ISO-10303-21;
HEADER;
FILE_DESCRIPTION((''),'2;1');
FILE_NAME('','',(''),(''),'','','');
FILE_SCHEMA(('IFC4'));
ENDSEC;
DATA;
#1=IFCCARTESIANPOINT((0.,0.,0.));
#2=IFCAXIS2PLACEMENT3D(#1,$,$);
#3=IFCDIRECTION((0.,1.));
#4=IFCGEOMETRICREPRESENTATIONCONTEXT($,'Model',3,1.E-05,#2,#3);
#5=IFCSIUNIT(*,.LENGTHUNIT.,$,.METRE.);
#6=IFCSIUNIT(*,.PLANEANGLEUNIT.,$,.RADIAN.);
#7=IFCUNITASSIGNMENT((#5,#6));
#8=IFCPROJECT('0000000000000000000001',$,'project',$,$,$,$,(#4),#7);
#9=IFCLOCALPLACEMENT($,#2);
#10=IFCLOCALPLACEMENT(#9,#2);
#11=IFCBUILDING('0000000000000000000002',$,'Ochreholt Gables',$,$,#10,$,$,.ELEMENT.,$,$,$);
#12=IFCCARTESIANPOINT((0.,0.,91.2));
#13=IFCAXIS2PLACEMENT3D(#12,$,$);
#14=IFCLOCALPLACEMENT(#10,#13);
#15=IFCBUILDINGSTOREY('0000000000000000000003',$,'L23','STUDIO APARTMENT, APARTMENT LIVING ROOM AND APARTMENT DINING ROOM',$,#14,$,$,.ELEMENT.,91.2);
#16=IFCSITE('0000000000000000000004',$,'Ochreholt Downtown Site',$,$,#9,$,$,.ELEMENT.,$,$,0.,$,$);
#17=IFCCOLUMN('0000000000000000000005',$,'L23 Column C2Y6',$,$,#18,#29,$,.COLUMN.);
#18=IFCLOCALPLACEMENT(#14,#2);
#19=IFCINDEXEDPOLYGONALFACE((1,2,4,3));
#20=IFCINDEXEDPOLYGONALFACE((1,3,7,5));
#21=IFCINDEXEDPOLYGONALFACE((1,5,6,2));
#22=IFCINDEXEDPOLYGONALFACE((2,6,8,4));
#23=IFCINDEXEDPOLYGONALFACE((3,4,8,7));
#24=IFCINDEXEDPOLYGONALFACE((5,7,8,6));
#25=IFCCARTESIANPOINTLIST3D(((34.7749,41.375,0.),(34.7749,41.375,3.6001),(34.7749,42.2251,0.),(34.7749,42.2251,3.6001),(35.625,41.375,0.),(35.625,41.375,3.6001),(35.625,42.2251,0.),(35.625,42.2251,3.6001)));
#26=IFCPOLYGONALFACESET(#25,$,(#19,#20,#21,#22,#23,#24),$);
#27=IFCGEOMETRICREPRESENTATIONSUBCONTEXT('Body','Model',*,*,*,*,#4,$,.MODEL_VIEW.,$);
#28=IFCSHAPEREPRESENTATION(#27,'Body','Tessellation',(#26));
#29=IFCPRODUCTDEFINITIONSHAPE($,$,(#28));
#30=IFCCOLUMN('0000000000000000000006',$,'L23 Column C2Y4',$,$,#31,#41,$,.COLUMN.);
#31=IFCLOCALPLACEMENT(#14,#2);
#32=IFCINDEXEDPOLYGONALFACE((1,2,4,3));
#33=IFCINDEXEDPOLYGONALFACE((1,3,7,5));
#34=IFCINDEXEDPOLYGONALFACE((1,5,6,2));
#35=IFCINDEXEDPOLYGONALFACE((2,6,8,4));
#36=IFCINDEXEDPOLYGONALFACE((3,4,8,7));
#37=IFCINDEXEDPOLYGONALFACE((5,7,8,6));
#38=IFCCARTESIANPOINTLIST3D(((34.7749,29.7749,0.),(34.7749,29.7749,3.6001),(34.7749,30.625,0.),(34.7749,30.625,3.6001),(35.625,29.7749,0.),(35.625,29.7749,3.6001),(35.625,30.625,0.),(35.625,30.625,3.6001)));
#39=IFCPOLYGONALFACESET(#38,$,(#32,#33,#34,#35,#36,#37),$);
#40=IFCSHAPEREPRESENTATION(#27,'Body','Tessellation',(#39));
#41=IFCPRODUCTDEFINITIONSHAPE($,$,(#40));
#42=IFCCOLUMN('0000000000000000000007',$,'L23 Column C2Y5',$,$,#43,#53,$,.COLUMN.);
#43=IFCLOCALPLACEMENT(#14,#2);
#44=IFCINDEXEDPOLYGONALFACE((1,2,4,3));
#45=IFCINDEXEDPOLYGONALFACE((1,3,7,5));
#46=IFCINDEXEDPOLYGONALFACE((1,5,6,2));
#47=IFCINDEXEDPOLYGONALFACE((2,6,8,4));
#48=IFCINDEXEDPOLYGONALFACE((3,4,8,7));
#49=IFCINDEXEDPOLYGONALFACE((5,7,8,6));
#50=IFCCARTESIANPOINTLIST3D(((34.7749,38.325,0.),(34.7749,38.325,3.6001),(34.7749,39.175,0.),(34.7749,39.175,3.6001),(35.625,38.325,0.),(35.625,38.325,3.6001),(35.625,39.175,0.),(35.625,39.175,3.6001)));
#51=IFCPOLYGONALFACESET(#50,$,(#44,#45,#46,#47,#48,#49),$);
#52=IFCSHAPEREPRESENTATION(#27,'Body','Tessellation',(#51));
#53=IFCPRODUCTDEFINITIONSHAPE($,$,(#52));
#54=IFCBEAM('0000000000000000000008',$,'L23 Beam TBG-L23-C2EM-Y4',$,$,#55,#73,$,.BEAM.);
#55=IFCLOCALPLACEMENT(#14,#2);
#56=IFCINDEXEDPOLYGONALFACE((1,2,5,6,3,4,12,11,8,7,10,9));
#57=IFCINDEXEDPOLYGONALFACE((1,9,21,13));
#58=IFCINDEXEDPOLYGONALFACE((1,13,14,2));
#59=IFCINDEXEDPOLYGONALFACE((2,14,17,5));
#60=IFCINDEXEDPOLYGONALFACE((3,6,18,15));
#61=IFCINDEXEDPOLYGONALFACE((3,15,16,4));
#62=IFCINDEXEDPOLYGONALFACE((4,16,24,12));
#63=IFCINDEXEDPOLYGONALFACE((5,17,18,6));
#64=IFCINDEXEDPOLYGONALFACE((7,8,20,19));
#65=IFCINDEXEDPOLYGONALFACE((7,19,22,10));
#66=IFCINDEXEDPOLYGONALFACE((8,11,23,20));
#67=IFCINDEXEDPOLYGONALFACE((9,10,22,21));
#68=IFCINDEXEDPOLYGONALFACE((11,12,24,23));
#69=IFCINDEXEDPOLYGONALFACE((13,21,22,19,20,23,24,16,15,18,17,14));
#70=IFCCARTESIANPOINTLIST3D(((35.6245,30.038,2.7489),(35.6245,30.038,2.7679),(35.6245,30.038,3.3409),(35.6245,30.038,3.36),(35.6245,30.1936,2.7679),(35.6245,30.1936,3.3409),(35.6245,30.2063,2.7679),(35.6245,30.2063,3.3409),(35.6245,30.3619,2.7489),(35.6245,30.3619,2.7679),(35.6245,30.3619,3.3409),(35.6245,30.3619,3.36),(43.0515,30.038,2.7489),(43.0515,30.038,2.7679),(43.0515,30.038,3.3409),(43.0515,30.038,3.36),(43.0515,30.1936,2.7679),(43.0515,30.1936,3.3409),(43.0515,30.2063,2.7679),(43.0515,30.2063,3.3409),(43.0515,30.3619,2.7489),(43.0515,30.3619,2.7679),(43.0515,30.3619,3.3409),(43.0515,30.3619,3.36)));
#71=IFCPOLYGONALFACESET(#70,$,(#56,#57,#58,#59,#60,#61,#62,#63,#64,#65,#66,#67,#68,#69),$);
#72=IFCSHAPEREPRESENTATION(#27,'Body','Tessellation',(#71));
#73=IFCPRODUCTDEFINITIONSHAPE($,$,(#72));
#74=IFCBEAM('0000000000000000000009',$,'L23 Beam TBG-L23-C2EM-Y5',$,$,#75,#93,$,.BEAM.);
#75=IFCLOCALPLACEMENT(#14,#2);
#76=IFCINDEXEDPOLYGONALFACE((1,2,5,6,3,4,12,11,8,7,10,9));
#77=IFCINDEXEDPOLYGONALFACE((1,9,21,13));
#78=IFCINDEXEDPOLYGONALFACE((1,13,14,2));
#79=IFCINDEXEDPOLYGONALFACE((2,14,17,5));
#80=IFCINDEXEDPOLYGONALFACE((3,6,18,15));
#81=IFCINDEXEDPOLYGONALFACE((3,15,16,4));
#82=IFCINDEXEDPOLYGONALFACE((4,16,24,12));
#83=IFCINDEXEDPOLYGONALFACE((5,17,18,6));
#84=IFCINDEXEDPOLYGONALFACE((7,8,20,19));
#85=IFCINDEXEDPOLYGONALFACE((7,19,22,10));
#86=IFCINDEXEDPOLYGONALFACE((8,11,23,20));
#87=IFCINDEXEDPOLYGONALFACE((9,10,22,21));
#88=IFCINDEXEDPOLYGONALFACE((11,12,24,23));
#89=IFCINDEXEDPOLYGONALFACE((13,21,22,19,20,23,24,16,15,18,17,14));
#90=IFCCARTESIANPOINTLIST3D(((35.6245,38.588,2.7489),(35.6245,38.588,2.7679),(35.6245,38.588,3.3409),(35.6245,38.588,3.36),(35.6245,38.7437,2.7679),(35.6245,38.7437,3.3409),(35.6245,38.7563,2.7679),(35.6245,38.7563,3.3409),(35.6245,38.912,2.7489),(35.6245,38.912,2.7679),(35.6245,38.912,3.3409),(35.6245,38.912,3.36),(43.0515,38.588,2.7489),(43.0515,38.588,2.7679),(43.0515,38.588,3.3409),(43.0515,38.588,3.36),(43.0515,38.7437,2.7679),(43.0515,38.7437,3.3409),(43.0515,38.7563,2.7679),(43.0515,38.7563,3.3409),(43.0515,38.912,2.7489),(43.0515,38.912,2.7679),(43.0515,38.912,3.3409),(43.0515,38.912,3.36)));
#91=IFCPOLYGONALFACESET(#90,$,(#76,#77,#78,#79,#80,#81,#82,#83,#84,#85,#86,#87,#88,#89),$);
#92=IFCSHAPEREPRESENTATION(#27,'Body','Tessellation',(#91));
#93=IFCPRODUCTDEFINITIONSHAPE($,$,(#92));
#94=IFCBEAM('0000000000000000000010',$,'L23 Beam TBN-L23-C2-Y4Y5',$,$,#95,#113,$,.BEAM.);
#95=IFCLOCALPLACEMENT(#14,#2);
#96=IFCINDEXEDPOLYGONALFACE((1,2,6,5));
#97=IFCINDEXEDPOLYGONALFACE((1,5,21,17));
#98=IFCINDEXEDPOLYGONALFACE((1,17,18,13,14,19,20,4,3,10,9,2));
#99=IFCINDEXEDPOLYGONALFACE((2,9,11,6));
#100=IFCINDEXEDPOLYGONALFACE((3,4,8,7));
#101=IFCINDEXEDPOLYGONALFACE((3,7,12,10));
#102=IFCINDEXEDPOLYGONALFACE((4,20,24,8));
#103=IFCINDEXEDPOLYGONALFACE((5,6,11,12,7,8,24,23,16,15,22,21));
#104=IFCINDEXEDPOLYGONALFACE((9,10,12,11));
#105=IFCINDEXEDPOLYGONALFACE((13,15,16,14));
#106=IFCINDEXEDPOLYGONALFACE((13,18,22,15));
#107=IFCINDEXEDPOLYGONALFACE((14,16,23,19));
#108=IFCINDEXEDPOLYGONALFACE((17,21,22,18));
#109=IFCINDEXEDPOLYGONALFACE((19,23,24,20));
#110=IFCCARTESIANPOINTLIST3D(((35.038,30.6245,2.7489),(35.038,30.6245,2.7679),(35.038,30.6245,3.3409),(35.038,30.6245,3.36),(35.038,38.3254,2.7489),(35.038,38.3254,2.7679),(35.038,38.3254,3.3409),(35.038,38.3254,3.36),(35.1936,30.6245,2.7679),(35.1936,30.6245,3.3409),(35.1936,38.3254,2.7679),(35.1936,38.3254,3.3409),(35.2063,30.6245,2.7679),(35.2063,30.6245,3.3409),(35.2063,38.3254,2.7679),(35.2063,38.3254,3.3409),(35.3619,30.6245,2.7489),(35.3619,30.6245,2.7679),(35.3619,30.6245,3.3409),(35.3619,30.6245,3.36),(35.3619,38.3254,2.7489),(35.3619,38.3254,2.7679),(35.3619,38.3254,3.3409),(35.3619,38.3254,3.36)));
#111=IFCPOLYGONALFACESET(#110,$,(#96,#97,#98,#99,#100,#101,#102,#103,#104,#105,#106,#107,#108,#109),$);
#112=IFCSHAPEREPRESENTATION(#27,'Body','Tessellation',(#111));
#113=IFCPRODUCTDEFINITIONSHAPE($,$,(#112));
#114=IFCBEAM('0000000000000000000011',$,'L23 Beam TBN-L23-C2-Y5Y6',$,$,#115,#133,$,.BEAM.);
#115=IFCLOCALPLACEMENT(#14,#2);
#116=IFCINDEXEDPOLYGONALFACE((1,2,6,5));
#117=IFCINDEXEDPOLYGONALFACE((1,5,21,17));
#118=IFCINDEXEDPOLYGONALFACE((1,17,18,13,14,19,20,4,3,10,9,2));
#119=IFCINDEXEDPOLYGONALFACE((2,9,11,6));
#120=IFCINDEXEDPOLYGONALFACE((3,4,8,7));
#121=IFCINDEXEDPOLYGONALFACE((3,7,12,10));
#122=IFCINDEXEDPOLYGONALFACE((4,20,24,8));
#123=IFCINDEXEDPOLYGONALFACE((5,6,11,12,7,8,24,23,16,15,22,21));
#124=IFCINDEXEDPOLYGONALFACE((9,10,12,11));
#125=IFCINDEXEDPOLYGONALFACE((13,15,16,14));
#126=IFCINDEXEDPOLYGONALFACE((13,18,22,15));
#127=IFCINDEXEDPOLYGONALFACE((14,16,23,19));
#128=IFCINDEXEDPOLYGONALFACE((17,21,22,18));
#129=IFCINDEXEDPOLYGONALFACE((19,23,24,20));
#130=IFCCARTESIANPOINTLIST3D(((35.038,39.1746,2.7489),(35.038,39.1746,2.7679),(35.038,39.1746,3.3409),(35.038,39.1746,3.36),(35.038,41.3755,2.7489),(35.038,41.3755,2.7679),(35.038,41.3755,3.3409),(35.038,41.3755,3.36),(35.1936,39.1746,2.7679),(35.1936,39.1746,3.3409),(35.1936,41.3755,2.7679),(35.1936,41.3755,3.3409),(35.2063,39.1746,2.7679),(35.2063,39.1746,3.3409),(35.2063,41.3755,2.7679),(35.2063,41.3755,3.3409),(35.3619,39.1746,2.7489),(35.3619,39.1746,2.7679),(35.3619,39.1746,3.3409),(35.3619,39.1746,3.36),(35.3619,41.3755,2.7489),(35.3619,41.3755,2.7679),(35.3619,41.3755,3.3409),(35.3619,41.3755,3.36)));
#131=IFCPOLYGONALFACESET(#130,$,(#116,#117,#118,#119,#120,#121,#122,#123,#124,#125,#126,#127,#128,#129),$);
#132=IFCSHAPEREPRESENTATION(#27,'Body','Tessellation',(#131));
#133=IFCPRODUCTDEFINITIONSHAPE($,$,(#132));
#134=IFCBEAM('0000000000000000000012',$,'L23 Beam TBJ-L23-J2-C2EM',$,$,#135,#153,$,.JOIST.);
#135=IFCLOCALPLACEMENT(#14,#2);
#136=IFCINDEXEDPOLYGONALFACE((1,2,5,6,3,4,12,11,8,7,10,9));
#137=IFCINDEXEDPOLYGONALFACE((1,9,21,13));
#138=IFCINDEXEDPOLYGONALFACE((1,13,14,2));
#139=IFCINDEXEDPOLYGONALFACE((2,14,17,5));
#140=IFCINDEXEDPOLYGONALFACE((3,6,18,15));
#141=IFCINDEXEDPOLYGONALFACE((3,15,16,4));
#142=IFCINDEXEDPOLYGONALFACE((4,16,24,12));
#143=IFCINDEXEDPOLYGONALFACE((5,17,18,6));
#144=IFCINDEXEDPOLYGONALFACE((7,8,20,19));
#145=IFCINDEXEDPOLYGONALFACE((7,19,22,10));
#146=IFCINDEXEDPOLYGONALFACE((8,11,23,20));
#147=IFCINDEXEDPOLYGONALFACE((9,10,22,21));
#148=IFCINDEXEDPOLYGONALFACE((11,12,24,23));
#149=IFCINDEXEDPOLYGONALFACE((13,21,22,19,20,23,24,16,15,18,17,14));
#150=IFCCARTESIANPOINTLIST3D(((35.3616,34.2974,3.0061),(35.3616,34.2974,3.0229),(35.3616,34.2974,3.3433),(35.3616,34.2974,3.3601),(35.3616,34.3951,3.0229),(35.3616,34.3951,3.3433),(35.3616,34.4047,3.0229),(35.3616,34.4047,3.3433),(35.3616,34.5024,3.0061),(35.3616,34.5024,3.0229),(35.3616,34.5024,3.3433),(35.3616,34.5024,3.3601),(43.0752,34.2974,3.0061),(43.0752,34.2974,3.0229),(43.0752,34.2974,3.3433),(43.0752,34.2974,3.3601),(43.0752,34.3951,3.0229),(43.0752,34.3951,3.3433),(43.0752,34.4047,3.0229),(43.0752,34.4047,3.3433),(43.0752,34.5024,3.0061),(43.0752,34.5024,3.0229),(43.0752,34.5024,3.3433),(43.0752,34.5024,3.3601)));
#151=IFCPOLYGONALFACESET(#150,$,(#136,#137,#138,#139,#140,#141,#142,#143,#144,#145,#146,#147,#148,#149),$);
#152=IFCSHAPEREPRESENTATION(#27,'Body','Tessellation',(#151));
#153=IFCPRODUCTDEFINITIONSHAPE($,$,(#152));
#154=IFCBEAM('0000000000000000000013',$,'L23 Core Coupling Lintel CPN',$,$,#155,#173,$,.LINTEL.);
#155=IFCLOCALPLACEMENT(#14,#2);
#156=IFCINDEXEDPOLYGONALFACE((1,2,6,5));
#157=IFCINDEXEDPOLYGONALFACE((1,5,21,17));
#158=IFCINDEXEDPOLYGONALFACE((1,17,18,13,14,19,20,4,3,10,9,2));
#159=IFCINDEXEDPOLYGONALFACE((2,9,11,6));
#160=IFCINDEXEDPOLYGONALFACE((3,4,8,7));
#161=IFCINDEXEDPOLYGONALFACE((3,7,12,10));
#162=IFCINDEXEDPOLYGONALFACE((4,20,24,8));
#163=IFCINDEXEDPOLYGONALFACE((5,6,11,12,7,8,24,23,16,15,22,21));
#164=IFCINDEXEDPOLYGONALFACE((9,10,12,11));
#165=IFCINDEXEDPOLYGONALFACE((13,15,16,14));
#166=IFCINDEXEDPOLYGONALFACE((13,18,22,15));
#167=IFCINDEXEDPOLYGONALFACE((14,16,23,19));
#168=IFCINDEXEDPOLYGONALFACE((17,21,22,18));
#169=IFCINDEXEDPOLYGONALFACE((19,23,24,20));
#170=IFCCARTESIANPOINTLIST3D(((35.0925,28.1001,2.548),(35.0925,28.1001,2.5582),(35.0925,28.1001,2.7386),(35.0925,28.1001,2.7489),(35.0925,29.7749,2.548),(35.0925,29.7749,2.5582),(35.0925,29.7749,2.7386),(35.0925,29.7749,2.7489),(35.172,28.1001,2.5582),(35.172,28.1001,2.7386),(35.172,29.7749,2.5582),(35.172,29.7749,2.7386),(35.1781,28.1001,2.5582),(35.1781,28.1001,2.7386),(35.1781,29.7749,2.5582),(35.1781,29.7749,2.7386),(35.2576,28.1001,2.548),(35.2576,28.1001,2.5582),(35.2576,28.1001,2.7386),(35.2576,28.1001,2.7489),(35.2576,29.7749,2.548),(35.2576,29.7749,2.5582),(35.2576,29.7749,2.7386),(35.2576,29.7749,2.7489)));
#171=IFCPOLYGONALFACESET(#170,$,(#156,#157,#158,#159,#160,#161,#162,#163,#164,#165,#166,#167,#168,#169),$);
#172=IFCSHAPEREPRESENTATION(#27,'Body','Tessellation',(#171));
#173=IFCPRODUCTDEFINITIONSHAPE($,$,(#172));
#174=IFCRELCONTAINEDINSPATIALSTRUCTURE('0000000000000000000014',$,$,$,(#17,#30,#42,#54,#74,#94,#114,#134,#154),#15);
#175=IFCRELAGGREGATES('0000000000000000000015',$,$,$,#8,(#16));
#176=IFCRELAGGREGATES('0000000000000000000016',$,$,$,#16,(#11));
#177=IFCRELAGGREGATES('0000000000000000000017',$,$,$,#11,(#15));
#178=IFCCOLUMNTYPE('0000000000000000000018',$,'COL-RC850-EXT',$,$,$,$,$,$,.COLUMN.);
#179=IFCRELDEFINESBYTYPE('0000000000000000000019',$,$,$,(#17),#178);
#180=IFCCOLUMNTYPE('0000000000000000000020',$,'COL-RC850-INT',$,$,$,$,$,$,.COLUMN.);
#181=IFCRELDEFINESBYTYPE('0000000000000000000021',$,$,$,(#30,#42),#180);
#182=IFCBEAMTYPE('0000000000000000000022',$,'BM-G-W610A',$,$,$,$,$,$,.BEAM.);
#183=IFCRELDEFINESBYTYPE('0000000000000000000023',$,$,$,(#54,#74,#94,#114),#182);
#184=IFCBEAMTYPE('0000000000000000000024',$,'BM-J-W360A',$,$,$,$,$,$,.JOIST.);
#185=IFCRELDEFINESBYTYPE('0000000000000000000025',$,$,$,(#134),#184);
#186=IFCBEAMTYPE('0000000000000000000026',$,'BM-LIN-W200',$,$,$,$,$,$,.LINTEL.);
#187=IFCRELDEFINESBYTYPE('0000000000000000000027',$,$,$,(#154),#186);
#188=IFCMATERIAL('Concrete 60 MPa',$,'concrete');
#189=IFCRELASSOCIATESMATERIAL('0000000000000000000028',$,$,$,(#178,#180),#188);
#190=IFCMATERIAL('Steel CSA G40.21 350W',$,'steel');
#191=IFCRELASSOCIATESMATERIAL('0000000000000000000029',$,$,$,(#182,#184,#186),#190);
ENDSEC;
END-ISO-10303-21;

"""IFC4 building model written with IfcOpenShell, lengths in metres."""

from ifc_helpers import new_model, si_unit, direction, frame, origin, origin_2d, place, context, subcontext, project, spatial, rectangle, i_section, extrude, material, material_profile, profile_set, type_object, element, save


model = new_model("IFC4")

# Units and contexts
model_context = context("Model", 3, precision=1e-05, world=origin(), true_north=direction((0.0, 1.0)))
body_context = subcontext(model_context, "Body", "Model", "MODEL_VIEW")
ifc_project = project(units=[si_unit("LENGTHUNIT", "METRE"), si_unit("PLANEANGLEUNIT", "RADIAN")], contexts=[model_context])

# Site, building, storey
site_placement = place(None, origin())
site = spatial("IfcSite", under=ifc_project, at=site_placement, Name="Ochreholt Downtown Site", CompositionType="ELEMENT", RefElevation=0.0)
building_placement = place(site_placement, origin())
building = spatial("IfcBuilding", under=site, at=building_placement, Name="Ochreholt Gables", CompositionType="ELEMENT")
storey_placement = place(building_placement, frame((0.0, 0.0, 91.2)))
storey = spatial("IfcBuildingStorey", under=building, at=storey_placement, Name="L23", Description="STUDIO APARTMENT, APARTMENT LIVING ROOM AND APARTMENT DINING ROOM", CompositionType="ELEMENT", Elevation=91.2)

# Columns
ifc_material_1 = material(Name="Concrete 60 MPa", Category="concrete")
ifc_material_profile_1 = material_profile(ifc_material_1, rectangle(XDim=0.8501, YDim=0.8501, at=origin_2d()), Name="RC850X850")
ifc_profile_set_1 = profile_set([ifc_material_profile_1], Name="Concrete 60 MPa")
column_type_1 = type_object("IfcColumnType", Name="COL-RC850-EXT", PredefinedType="COLUMN", material=ifc_profile_set_1)
column_placement = place(storey_placement, frame((35.2, 41.8, 0.0), z_axis=(0.0, 0.0, 1.0), x_axis=(1.0, 0.0, 0.0)))
element("IfcColumn", 1, at=column_placement, inside=storey, type_object=column_type_1, Name="L23 Column C2Y6", PredefinedType="COLUMN", context=body_context, shape_type="SweptSolid", body=[
    extrude(rectangle(XDim=0.8501, YDim=0.8501, at=origin_2d()), origin(), (0.0, 0.0, 1.0), 3.6001),
])
ifc_material_profile_2 = material_profile(ifc_material_1, rectangle(XDim=0.8501, YDim=0.8501, at=origin_2d()), Name="RC850X850")
ifc_profile_set_2 = profile_set([ifc_material_profile_2], Name="Concrete 60 MPa")
column_type_2 = type_object("IfcColumnType", Name="COL-RC850-INT", PredefinedType="COLUMN", material=ifc_profile_set_2)
for number, where, z_axis, x_axis, name in (
    (2, (35.2, 30.2, 0.0), (0.0, 0.0, 1.0), (1.0, 0.0, 0.0), "L23 Column C2Y4"),
    (3, (35.2, 38.75, 0.0), (0.0, 0.0, 1.0), (1.0, 0.0, 0.0), "L23 Column C2Y5"),
):
    element("IfcColumn", number, at=place(storey_placement, frame(where, z_axis=z_axis, x_axis=x_axis)), inside=storey, type_object=column_type_2, Name=name, PredefinedType="COLUMN", context=body_context, shape_type="SweptSolid", body=[
        extrude(rectangle(XDim=0.8501, YDim=0.8501, at=origin_2d()), origin(), (0.0, 0.0, 1.0), 3.6001),
    ])

# Beams
ifc_material_2 = material(Name="Steel CSA G40.21 350W", Category="steel")
ifc_material_profile_3 = material_profile(ifc_material_2, i_section(OverallWidth=0.324, OverallDepth=0.6111, WebThickness=0.0127, FlangeThickness=0.019, at=origin_2d()), Name="W610X155")
ifc_profile_set_3 = profile_set([ifc_material_profile_3], Name="Steel CSA G40.21 350W")
beam_type_1 = type_object("IfcBeamType", Name="BM-G-W610A", PredefinedType="BEAM", material=ifc_profile_set_3)
for number, where, z_axis, x_axis, name in (
    (4, (35.6245, 30.2, 3.0544), (1.0, 0.0, 0.0), (0.0, 1.0, 0.0), "L23 Beam TBG-L23-C2EM-Y4"),
    (5, (35.6245, 38.75, 3.0544), (1.0, 0.0, 0.0), (0.0, 1.0, 0.0), "L23 Beam TBG-L23-C2EM-Y5"),
):
    element("IfcBeam", number, at=place(storey_placement, frame(where, z_axis=z_axis, x_axis=x_axis)), inside=storey, type_object=beam_type_1, Name=name, PredefinedType="BEAM", context=body_context, shape_type="SweptSolid", body=[
        extrude(i_section(OverallWidth=0.324, OverallDepth=0.6111, WebThickness=0.0127, FlangeThickness=0.019, at=origin_2d()), origin(), (0.0, 0.0, 1.0), 7.427),
    ])
beam_1_placement = place(storey_placement, frame((35.2, 30.6245, 3.0544), z_axis=(0.0, 1.0, 0.0), x_axis=(-1.0, 0.0, 0.0)))
element("IfcBeam", 6, at=beam_1_placement, inside=storey, type_object=beam_type_1, Name="L23 Beam TBN-L23-C2-Y4Y5", PredefinedType="BEAM", context=body_context, shape_type="SweptSolid", body=[
    extrude(i_section(OverallWidth=0.324, OverallDepth=0.6111, WebThickness=0.0127, FlangeThickness=0.019, at=origin_2d()), origin(), (0.0, 0.0, 1.0), 7.7009),
])
beam_2_placement = place(storey_placement, frame((35.2, 39.1746, 3.0544), z_axis=(0.0, 1.0, 0.0), x_axis=(-1.0, 0.0, 0.0)))
element("IfcBeam", 7, at=beam_2_placement, inside=storey, type_object=beam_type_1, Name="L23 Beam TBN-L23-C2-Y5Y6", PredefinedType="BEAM", context=body_context, shape_type="SweptSolid", body=[
    extrude(i_section(OverallWidth=0.324, OverallDepth=0.6111, WebThickness=0.0127, FlangeThickness=0.019, at=origin_2d()), origin(), (0.0, 0.0, 1.0), 2.2009),
])
ifc_material_profile_4 = material_profile(ifc_material_2, i_section(OverallWidth=0.2051, OverallDepth=0.354, WebThickness=0.0095, FlangeThickness=0.0168, at=origin_2d()), Name="W360X79")
ifc_profile_set_4 = profile_set([ifc_material_profile_4], Name="Steel CSA G40.21 350W")
beam_type_2 = type_object("IfcBeamType", Name="BM-J-W360A", PredefinedType="JOIST", material=ifc_profile_set_4)
beam_3_placement = place(storey_placement, frame((35.3616, 34.3999, 3.1831), z_axis=(1.0, 0.0, 0.0), x_axis=(0.0, 1.0, 0.0)))
element("IfcBeam", 8, at=beam_3_placement, inside=storey, type_object=beam_type_2, Name="L23 Beam TBJ-L23-J2-C2EM", PredefinedType="JOIST", context=body_context, shape_type="SweptSolid", body=[
    extrude(i_section(OverallWidth=0.2051, OverallDepth=0.354, WebThickness=0.0095, FlangeThickness=0.0168, at=origin_2d()), origin(), (0.0, 0.0, 1.0), 7.7136),
])
ifc_material_profile_5 = material_profile(ifc_material_2, i_section(OverallWidth=0.165, OverallDepth=0.2009, WebThickness=0.0061, FlangeThickness=0.0103, at=origin_2d()), Name="W200X36")
ifc_profile_set_5 = profile_set([ifc_material_profile_5], Name="Steel CSA G40.21 350W")
beam_type_3 = type_object("IfcBeamType", Name="BM-LIN-W200", PredefinedType="LINTEL", material=ifc_profile_set_5)
beam_4_placement = place(storey_placement, frame((35.175, 28.1001, 2.6484), z_axis=(0.0, 1.0, 0.0), x_axis=(-1.0, 0.0, 0.0)))
element("IfcBeam", 9, at=beam_4_placement, inside=storey, type_object=beam_type_3, Name="L23 Core Coupling Lintel CPN", PredefinedType="LINTEL", context=body_context, shape_type="SweptSolid", body=[
    extrude(i_section(OverallWidth=0.165, OverallDepth=0.2009, WebThickness=0.0061, FlangeThickness=0.0103, at=origin_2d()), origin(), (0.0, 0.0, 1.0), 1.6748),
])

save(model, "model.ifc")
